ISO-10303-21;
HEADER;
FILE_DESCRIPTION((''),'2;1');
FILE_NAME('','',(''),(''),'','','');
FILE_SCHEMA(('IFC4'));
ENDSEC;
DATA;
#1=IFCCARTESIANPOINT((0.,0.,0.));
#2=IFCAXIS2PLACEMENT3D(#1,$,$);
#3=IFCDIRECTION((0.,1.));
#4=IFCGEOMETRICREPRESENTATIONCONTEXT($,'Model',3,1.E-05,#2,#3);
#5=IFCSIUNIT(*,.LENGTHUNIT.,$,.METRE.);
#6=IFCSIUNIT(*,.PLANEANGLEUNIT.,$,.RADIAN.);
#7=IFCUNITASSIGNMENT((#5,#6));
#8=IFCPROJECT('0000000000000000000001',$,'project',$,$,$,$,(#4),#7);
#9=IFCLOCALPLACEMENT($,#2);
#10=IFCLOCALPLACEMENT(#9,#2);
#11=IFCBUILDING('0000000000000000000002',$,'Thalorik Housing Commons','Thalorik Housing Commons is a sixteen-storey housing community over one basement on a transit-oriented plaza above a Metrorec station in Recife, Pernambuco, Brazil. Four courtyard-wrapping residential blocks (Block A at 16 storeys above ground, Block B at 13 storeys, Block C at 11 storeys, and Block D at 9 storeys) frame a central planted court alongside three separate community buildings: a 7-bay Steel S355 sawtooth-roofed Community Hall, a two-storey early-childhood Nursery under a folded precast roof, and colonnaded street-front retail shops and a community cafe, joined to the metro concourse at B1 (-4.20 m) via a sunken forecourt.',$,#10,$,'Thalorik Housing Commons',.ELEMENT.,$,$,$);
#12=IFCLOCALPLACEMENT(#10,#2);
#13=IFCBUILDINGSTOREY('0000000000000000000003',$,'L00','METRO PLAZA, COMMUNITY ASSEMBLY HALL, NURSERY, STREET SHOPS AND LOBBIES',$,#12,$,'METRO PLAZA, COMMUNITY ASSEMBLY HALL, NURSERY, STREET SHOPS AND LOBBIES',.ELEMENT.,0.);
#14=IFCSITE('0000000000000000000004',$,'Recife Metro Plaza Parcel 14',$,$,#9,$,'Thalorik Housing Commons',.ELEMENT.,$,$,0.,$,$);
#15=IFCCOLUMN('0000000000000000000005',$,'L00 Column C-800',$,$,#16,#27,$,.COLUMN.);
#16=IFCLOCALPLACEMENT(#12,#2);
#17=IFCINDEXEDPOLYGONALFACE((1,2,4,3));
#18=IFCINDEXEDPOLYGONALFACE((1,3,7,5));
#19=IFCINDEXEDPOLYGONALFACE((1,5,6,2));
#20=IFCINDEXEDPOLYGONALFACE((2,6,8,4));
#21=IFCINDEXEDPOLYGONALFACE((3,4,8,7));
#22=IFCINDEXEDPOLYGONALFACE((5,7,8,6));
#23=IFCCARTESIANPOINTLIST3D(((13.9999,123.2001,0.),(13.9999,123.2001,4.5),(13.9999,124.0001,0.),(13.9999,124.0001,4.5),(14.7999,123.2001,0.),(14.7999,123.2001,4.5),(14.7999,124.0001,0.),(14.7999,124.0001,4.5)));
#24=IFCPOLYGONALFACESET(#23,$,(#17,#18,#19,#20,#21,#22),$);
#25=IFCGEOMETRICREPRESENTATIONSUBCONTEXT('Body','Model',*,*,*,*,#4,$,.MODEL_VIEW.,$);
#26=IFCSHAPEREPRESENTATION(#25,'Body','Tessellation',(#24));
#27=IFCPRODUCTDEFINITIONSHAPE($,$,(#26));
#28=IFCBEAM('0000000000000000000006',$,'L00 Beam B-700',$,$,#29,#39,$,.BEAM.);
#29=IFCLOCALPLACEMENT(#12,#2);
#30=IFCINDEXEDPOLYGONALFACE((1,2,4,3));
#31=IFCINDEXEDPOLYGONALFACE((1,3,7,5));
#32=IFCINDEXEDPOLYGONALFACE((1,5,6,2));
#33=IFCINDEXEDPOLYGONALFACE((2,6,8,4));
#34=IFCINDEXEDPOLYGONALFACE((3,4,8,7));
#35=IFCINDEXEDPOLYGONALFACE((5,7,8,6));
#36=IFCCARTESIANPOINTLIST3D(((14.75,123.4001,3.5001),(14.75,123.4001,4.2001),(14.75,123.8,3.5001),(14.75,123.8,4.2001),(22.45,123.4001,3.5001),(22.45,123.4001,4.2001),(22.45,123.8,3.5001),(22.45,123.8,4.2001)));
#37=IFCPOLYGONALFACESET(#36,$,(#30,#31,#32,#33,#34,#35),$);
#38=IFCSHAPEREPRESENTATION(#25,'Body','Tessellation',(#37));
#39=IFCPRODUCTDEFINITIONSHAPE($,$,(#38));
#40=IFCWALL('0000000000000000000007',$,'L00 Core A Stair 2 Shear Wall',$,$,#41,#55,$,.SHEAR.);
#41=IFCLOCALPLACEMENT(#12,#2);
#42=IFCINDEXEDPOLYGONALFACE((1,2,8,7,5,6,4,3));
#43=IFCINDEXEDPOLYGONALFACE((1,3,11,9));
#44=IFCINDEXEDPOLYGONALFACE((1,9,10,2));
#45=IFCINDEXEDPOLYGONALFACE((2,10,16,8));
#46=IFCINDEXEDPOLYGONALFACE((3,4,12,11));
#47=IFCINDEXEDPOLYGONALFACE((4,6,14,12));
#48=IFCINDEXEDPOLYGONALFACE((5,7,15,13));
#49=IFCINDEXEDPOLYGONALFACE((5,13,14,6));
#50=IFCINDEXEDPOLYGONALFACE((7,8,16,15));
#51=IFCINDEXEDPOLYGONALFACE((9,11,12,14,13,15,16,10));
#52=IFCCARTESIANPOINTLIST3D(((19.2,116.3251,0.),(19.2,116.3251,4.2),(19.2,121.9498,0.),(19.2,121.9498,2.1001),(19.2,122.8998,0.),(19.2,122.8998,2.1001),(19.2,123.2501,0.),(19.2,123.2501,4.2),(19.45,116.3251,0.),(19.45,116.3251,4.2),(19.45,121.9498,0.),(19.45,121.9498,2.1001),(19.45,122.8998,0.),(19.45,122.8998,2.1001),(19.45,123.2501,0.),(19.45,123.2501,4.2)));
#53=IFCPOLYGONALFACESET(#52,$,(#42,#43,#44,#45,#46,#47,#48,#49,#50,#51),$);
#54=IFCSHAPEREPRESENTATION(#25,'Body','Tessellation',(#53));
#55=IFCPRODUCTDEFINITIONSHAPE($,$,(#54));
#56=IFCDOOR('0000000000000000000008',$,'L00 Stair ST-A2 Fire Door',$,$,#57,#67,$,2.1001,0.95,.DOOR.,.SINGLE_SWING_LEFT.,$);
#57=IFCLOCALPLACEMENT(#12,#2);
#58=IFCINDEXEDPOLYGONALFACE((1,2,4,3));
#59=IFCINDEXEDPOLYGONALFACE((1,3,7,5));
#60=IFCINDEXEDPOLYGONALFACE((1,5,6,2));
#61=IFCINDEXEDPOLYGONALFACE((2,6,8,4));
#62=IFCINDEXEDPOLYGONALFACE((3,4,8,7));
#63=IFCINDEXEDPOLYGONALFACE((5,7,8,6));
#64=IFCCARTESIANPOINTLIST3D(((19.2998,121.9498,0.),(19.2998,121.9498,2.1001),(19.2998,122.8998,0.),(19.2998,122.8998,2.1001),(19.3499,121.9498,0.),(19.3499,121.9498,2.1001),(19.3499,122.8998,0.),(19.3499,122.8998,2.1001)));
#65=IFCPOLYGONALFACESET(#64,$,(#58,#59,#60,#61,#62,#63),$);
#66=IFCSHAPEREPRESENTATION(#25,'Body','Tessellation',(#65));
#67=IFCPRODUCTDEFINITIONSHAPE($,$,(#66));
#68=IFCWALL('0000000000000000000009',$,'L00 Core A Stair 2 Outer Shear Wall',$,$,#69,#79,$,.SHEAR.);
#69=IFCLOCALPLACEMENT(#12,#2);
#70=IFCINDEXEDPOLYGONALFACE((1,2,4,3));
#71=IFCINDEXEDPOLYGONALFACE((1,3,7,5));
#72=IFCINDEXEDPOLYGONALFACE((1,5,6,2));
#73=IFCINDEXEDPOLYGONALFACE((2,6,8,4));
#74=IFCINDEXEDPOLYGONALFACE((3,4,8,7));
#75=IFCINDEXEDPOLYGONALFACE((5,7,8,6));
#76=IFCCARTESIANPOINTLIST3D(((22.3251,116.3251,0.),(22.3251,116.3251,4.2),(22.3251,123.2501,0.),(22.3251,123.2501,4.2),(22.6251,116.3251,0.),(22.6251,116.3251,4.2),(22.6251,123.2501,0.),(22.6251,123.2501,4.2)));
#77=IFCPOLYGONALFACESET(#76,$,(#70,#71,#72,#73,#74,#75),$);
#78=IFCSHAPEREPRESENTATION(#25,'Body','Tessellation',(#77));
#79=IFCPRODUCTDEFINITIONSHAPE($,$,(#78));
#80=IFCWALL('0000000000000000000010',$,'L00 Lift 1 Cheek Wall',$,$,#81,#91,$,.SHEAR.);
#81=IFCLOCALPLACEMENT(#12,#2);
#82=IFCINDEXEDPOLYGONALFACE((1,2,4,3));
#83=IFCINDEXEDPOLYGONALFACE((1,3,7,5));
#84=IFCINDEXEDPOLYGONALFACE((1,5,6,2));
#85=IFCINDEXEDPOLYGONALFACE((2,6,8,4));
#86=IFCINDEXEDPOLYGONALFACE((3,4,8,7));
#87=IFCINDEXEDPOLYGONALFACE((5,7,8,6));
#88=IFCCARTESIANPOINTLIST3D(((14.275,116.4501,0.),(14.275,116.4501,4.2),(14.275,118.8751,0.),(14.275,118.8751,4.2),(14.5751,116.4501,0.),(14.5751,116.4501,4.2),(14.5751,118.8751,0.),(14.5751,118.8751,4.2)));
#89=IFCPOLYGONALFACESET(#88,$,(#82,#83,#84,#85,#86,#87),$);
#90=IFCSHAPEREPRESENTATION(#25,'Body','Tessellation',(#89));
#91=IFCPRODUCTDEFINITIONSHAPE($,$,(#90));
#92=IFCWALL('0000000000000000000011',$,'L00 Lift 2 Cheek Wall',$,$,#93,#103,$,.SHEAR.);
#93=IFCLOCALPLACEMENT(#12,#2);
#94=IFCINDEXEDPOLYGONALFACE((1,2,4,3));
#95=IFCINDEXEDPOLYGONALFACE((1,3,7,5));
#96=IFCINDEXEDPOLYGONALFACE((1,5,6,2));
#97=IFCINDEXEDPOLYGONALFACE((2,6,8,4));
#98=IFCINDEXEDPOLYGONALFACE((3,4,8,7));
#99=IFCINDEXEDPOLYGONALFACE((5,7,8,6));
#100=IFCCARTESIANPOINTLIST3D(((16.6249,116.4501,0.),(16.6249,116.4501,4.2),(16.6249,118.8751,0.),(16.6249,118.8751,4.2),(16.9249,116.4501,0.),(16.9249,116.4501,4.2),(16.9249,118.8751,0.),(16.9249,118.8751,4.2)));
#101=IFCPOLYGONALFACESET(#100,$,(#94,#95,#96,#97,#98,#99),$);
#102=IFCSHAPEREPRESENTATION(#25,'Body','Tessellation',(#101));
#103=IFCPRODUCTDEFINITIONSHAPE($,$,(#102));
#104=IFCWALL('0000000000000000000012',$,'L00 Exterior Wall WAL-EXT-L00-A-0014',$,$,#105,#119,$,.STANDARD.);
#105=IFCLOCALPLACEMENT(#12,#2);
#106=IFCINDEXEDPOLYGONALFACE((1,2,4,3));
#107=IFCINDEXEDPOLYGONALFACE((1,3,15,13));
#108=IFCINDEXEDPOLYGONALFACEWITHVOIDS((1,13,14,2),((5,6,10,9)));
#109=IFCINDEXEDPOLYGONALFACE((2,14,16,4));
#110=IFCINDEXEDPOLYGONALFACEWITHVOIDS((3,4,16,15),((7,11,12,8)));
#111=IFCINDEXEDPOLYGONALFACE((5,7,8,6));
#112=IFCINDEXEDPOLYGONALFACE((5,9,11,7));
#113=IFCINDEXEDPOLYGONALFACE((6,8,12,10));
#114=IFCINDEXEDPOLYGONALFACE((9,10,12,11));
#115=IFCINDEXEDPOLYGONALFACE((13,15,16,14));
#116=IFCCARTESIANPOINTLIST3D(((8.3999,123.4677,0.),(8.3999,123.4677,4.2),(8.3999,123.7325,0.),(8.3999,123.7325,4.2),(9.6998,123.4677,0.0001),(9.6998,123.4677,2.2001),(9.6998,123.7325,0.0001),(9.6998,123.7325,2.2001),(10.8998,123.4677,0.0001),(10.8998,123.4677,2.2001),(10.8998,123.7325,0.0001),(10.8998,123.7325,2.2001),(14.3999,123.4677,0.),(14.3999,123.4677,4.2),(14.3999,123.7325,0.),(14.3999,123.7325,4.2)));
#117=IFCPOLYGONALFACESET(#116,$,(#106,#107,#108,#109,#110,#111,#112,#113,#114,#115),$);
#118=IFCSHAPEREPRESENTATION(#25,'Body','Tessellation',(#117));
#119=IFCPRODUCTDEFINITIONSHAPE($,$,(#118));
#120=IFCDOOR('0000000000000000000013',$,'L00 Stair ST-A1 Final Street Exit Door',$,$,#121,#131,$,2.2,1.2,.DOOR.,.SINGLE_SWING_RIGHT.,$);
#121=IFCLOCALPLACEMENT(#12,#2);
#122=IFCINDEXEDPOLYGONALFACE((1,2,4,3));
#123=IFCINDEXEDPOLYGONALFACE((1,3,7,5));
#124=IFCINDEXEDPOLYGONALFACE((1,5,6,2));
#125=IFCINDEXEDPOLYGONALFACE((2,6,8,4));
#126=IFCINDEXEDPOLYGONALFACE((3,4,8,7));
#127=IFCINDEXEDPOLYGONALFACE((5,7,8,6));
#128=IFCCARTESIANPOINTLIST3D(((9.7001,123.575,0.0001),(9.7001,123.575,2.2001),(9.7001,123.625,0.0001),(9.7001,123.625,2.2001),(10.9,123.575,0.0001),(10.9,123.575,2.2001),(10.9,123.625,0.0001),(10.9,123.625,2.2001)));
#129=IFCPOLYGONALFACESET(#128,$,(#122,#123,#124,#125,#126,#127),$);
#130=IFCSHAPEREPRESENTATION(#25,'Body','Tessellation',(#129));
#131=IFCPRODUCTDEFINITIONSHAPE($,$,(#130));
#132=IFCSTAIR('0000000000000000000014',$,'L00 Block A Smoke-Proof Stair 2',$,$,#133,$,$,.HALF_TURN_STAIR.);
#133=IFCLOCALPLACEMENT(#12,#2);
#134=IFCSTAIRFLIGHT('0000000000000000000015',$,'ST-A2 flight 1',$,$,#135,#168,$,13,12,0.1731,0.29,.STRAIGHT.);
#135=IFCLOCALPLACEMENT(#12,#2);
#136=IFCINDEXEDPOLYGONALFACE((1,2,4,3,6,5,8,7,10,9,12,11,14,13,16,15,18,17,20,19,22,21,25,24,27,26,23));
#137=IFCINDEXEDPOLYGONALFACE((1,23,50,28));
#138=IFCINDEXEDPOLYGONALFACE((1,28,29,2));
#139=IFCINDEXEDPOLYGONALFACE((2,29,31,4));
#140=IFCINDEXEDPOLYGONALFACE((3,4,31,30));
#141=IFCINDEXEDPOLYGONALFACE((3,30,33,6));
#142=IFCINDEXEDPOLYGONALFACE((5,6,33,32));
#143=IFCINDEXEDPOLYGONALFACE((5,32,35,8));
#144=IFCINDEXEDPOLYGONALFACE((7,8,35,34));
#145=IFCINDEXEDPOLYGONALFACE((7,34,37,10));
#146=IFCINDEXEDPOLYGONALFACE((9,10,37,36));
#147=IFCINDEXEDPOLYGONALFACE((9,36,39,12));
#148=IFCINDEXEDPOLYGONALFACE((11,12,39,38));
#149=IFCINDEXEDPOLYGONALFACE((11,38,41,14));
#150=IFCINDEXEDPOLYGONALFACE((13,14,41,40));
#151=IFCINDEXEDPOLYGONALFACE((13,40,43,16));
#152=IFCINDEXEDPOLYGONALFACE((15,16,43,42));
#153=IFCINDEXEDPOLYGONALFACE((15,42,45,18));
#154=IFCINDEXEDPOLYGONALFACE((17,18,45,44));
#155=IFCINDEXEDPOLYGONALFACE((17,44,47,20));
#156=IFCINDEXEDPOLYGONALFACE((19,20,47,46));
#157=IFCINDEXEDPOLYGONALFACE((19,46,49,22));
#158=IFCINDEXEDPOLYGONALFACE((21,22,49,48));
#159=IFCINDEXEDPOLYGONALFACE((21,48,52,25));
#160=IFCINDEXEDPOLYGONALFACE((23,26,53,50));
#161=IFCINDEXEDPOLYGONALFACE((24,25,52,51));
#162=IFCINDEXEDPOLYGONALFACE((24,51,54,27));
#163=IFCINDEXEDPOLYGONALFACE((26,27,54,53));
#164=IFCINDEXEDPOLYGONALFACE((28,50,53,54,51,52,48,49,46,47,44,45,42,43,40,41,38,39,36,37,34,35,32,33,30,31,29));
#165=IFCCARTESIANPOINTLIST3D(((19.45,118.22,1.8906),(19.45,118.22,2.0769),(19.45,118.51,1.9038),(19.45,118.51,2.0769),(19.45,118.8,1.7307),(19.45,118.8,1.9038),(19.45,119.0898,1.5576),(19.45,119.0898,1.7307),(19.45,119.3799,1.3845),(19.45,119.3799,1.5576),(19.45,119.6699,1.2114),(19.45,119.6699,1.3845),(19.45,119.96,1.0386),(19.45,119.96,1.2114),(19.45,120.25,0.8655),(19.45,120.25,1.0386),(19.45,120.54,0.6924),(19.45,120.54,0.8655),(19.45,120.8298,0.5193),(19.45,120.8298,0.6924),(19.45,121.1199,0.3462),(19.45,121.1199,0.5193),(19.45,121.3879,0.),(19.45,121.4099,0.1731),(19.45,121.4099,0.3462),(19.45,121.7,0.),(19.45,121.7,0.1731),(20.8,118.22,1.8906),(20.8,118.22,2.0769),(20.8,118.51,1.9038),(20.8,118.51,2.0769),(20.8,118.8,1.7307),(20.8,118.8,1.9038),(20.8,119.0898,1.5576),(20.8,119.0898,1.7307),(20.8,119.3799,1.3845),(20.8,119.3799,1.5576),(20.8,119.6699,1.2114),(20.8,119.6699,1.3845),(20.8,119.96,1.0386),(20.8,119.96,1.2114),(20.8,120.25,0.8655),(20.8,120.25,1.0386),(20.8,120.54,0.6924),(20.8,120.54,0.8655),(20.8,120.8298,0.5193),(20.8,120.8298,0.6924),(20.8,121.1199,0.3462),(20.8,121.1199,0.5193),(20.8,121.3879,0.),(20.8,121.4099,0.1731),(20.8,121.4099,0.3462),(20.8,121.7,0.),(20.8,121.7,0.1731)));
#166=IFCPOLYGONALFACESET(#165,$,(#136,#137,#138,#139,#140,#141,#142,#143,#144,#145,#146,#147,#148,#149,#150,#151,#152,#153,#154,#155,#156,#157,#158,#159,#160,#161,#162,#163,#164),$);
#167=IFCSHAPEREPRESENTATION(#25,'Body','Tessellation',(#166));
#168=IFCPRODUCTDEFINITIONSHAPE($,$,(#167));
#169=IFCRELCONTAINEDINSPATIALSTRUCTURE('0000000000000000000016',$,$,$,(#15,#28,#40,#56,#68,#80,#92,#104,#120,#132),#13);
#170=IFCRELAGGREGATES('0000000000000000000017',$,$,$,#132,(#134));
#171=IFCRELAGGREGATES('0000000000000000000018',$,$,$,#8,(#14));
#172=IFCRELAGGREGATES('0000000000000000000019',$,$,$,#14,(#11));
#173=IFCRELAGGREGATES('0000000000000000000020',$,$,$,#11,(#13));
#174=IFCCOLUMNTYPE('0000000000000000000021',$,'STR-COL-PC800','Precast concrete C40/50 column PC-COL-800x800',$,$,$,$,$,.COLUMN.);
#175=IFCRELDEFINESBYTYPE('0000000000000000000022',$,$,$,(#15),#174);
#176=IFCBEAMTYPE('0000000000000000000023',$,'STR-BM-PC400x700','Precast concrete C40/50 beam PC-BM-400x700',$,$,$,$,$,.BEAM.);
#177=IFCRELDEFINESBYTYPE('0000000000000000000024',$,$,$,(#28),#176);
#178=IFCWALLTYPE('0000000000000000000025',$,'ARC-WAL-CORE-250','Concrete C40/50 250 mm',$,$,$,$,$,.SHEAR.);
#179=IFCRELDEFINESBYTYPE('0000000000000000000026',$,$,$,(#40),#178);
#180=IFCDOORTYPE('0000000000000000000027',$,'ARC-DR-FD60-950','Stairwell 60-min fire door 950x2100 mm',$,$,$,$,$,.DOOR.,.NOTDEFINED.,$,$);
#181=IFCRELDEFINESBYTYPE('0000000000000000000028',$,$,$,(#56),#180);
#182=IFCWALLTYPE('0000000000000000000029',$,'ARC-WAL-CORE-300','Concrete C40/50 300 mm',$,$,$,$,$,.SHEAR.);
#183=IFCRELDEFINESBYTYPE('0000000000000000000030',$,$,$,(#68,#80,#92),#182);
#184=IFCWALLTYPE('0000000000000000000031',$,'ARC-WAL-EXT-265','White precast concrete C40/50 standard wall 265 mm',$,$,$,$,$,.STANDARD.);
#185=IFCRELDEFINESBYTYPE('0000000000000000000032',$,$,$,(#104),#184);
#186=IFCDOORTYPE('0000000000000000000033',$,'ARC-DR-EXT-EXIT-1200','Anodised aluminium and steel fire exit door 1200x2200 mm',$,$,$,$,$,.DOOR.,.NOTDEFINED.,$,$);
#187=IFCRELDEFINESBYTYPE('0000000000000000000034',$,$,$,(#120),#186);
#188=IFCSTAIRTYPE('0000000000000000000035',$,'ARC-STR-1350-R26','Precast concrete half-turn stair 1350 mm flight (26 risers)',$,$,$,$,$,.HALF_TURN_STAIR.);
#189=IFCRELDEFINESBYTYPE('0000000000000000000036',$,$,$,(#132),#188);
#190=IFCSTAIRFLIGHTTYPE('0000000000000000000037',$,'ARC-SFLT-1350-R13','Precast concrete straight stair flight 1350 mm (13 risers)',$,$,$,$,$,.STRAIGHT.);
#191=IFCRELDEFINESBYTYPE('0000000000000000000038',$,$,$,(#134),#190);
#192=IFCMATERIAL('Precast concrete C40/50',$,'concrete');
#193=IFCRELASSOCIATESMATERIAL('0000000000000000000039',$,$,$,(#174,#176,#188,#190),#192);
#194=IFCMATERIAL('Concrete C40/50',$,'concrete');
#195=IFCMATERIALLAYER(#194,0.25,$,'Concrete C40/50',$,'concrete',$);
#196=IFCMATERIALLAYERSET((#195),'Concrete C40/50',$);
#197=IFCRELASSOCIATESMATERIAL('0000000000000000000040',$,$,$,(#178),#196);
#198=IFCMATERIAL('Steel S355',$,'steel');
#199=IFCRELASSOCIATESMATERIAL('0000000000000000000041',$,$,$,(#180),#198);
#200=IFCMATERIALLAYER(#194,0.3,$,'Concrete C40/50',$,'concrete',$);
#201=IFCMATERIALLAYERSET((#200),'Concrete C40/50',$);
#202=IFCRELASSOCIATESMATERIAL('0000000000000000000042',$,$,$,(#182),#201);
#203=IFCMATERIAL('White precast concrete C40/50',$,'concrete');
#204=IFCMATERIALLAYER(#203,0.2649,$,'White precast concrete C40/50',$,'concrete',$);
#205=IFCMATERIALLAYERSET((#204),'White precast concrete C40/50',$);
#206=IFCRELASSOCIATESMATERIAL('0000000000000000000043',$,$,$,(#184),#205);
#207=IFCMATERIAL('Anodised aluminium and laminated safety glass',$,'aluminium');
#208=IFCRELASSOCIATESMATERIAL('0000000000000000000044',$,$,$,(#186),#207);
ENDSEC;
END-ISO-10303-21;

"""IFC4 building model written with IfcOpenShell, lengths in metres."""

from ifc_helpers import new_model, si_unit, direction, frame, frame_2d, origin, origin_2d, place, context, subcontext, project, spatial, polyline, rectangle, outline, extrude, material, layer, layer_set, material_profile, profile_set, type_object, element, fill, aggregate, save


model = new_model("IFC4")

# Units and contexts
model_context = context("Model", 3, precision=1e-05, world=origin(), true_north=direction((0.0, 1.0)))
body_context = subcontext(model_context, "Body", "Model", "MODEL_VIEW")
ifc_project = project(units=[si_unit("LENGTHUNIT", "METRE"), si_unit("PLANEANGLEUNIT", "RADIAN")], contexts=[model_context])

# Site, building, storey
site_placement = place(None, origin())
site = spatial("IfcSite", under=ifc_project, at=site_placement, Name="Recife Metro Plaza Parcel 14", LongName="Thalorik Housing Commons", CompositionType="ELEMENT", RefElevation=0.0)
building_placement = place(site_placement, origin())
building = spatial("IfcBuilding", under=site, at=building_placement, Name="Thalorik Housing Commons", Description="Thalorik Housing Commons is a sixteen-storey housing community over one basement on a transit-oriented plaza above a Metrorec station in Recife, Pernambuco, Brazil. Four courtyard-wrapping residential blocks (Block A at 16 storeys above ground, Block B at 13 storeys, Block C at 11 storeys, and Block D at 9 storeys) frame a central planted court alongside three separate community buildings: a 7-bay Steel S355 sawtooth-roofed Community Hall, a two-storey early-childhood Nursery under a folded precast roof, and colonnaded street-front retail shops and a community cafe, joined to the metro concourse at B1 (-4.20 m) via a sunken forecourt.", LongName="Thalorik Housing Commons", CompositionType="ELEMENT")
storey_placement = place(building_placement, origin())
storey = spatial("IfcBuildingStorey", under=building, at=storey_placement, Name="L00", Description="METRO PLAZA, COMMUNITY ASSEMBLY HALL, NURSERY, STREET SHOPS AND LOBBIES", LongName="METRO PLAZA, COMMUNITY ASSEMBLY HALL, NURSERY, STREET SHOPS AND LOBBIES", CompositionType="ELEMENT", Elevation=0.0)

# Column
ifc_material_1 = material(Name="Precast concrete C40/50", Category="concrete")
ifc_material_profile_1 = material_profile(ifc_material_1, rectangle(XDim=0.8, YDim=0.8, at=origin_2d()), Name="PC 800x800", Category="concrete")
ifc_profile_set_1 = profile_set([ifc_material_profile_1], Name="Precast concrete C40/50")
column_type = type_object("IfcColumnType", Name="STR-COL-PC800", Description="Precast concrete C40/50 column PC-COL-800x800", PredefinedType="COLUMN", material=ifc_profile_set_1)
column_placement = place(storey_placement, frame((14.3999, 123.6001, 0.0), z_axis=(0.0, 0.0, 1.0), x_axis=(1.0, 0.0, 0.0)))
element("IfcColumn", 1, at=column_placement, inside=storey, type_object=column_type, Name="L00 Column C-800", PredefinedType="COLUMN", context=body_context, shape_type="SweptSolid", body=[
    extrude(rectangle(XDim=0.8, YDim=0.8, at=origin_2d()), origin(), (0.0, 0.0, 1.0), 4.5),
])

# Beam
ifc_material_profile_2 = material_profile(ifc_material_1, rectangle(XDim=0.3999, YDim=0.7, at=origin_2d()), Name="PC 400x700", Category="concrete")
ifc_profile_set_2 = profile_set([ifc_material_profile_2], Name="Precast concrete C40/50")
beam_type = type_object("IfcBeamType", Name="STR-BM-PC400x700", Description="Precast concrete C40/50 beam PC-BM-400x700", PredefinedType="BEAM", material=ifc_profile_set_2)
beam_placement = place(storey_placement, frame((14.75, 123.6001, 3.8501), z_axis=(1.0, 0.0, 0.0), x_axis=(0.0, 1.0, 0.0)))
element("IfcBeam", 2, at=beam_placement, inside=storey, type_object=beam_type, Name="L00 Beam B-700", PredefinedType="BEAM", context=body_context, shape_type="SweptSolid", body=[
    extrude(rectangle(XDim=0.3999, YDim=0.7, at=origin_2d()), origin(), (0.0, 0.0, 1.0), 7.7),
])

# Wall, opening, door
ifc_material_2 = material(Name="Concrete C40/50", Category="concrete")
ifc_layer_1 = layer(ifc_material_2, 0.25, Name="Concrete C40/50", Category="concrete")
ifc_layer_set_1 = layer_set([ifc_layer_1], Name="Concrete C40/50")
wall_type_1 = type_object("IfcWallType", Name="ARC-WAL-CORE-250", Description="Concrete C40/50 250 mm", PredefinedType="SHEAR", material=ifc_layer_set_1)
wall_1_placement = place(storey_placement, frame((19.325, 123.25, 0.0), z_axis=(0.0, 0.0, 1.0), x_axis=(0.0, -1.0, 0.0)))
wall_1 = element("IfcWall", 3, at=wall_1_placement, inside=storey, type_object=wall_type_1, Name="L00 Core A Stair 2 Shear Wall", PredefinedType="SHEAR", context=body_context, shape_type="SweptSolid", body=[
    extrude(rectangle(XDim=6.925, YDim=0.25, at=frame_2d((3.4624, 0.0))), origin(), (0.0, 0.0, 1.0), 4.2),
])
opening_1_placement = place(wall_1_placement, frame((0.3501, 0.0, 0.0)))
opening_1 = element("IfcOpeningElement", 4, at=opening_1_placement, cuts=wall_1, PredefinedType="OPENING", context=body_context, shape_type="SweptSolid", body=[
    extrude(rectangle(XDim=0.95, YDim=2.1001, at=frame_2d((0.4751, 1.05))), frame((0.0, 0.135, 0.0), z_axis=(0.0, -1.0, 0.0), x_axis=(1.0, 0.0, 0.0)), (0.0, 0.0, 1.0), 0.27),
])
ifc_material_3 = material(Name="Steel S355", Category="steel")
door_type_1 = type_object("IfcDoorType", Name="ARC-DR-FD60-950", Description="Stairwell 60-min fire door 950x2100 mm", OperationType="NOTDEFINED", PredefinedType="DOOR", material=ifc_material_3)
door_1_placement = place(opening_1_placement, origin())
door_1 = element("IfcDoor", 5, at=door_1_placement, inside=storey, type_object=door_type_1, Name="L00 Stair ST-A2 Fire Door", OperationType="SINGLE_SWING_LEFT", OverallHeight=2.1001, OverallWidth=0.95, PredefinedType="DOOR", context=body_context, shape_type="SweptSolid", body=[
    extrude(rectangle(XDim=0.95, YDim=2.1001, at=frame_2d((0.4751, 1.05))), frame((0.0, 0.0249, 0.0), z_axis=(0.0, -1.0, 0.0), x_axis=(1.0, 0.0, 0.0)), (0.0, 0.0, 1.0), 0.05),
])
fill(opening_1, door_1)

# Walls
ifc_layer_2 = layer(ifc_material_2, 0.3, Name="Concrete C40/50", Category="concrete")
ifc_layer_set_2 = layer_set([ifc_layer_2], Name="Concrete C40/50")
wall_type_2 = type_object("IfcWallType", Name="ARC-WAL-CORE-300", Description="Concrete C40/50 300 mm", PredefinedType="SHEAR", material=ifc_layer_set_2)
wall_2_placement = place(storey_placement, frame((22.4751, 123.25, 0.0), z_axis=(0.0, 0.0, 1.0), x_axis=(0.0, -1.0, 0.0)))
element("IfcWall", 6, at=wall_2_placement, inside=storey, type_object=wall_type_2, Name="L00 Core A Stair 2 Outer Shear Wall", PredefinedType="SHEAR", context=body_context, shape_type="SweptSolid", body=[
    extrude(rectangle(XDim=6.925, YDim=0.3, at=frame_2d((3.4624, 0.0))), origin(), (0.0, 0.0, 1.0), 4.2),
])
for number, where, z_axis, x_axis, name in (
    (7, (14.425, 118.875, 0.0), (0.0, 0.0, 1.0), (0.0, -1.0, 0.0), "L00 Lift 1 Cheek Wall"),
    (8, (16.7749, 118.875, 0.0), (0.0, 0.0, 1.0), (0.0, -1.0, 0.0), "L00 Lift 2 Cheek Wall"),
):
    element("IfcWall", number, at=place(storey_placement, frame(where, z_axis=z_axis, x_axis=x_axis)), inside=storey, type_object=wall_type_2, Name=name, PredefinedType="SHEAR", context=body_context, shape_type="SweptSolid", body=[
        extrude(rectangle(XDim=2.425, YDim=0.3, at=frame_2d((1.2124, 0.0))), origin(), (0.0, 0.0, 1.0), 4.2),
    ])

# Wall, opening, door
ifc_material_4 = material(Name="White precast concrete C40/50", Category="concrete")
ifc_layer_3 = layer(ifc_material_4, 0.2649, Name="White precast concrete C40/50", Category="concrete")
ifc_layer_set_3 = layer_set([ifc_layer_3], Name="White precast concrete C40/50")
wall_type_3 = type_object("IfcWallType", Name="ARC-WAL-EXT-265", Description="White precast concrete C40/50 standard wall 265 mm", PredefinedType="STANDARD", material=ifc_layer_set_3)
wall_3_placement = place(storey_placement, frame((14.3999, 123.6001, 0.0), z_axis=(0.0, 0.0, 1.0), x_axis=(-1.0, 0.0, 0.0)))
wall_3 = element("IfcWall", 9, at=wall_3_placement, inside=storey, type_object=wall_type_3, Name="L00 Exterior Wall WAL-EXT-L00-A-0014", PredefinedType="STANDARD", context=body_context, shape_type="SweptSolid", body=[
    extrude(rectangle(XDim=6.0, YDim=0.2649, at=frame_2d((3.0, 0.0))), origin(), (0.0, 0.0, 1.0), 4.2),
])
opening_2_placement = place(wall_3_placement, frame((3.5, 0.0, 0.0)))
opening_2 = element("IfcOpeningElement", 10, at=opening_2_placement, cuts=wall_3, PredefinedType="OPENING", context=body_context, shape_type="SweptSolid", body=[
    extrude(rectangle(XDim=1.2, YDim=2.2, at=frame_2d((0.6001, 1.1001))), frame((0.0, 0.1426, 0.0), z_axis=(0.0, -1.0, 0.0), x_axis=(1.0, 0.0, 0.0)), (0.0, 0.0, 1.0), 0.2849),
])
ifc_material_5 = material(Name="Anodised aluminium and laminated safety glass", Category="aluminium")
door_type_2 = type_object("IfcDoorType", Name="ARC-DR-EXT-EXIT-1200", Description="Anodised aluminium and steel fire exit door 1200x2200 mm", OperationType="NOTDEFINED", PredefinedType="DOOR", material=ifc_material_5)
door_2_placement = place(opening_2_placement, frame((1.2, 0.0, 0.0), z_axis=(0.0, 0.0, 1.0), x_axis=(-1.0, 0.0, 0.0)))
door_2 = element("IfcDoor", 11, at=door_2_placement, inside=storey, type_object=door_type_2, Name="L00 Stair ST-A1 Final Street Exit Door", OperationType="SINGLE_SWING_RIGHT", OverallHeight=2.2, OverallWidth=1.2, PredefinedType="DOOR", context=body_context, shape_type="SweptSolid", body=[
    extrude(rectangle(XDim=1.2, YDim=2.2, at=frame_2d((0.6001, 1.1001))), frame((0.0, 0.0249, 0.0), z_axis=(0.0, -1.0, 0.0), x_axis=(1.0, 0.0, 0.0)), (0.0, 0.0, 1.0), 0.05),
])
fill(opening_2, door_2)

# Stair, stair flight
stair_type = type_object("IfcStairType", Name="ARC-STR-1350-R26", Description="Precast concrete half-turn stair 1350 mm flight (26 risers)", PredefinedType="HALF_TURN_STAIR", material=ifc_material_1)
stair_placement = place(storey_placement, origin())
stair = element("IfcStair", 12, at=stair_placement, inside=storey, type_object=stair_type, Name="L00 Block A Smoke-Proof Stair 2", PredefinedType="HALF_TURN_STAIR")
stair_flight_type = type_object("IfcStairFlightType", Name="ARC-SFLT-1350-R13", Description="Precast concrete straight stair flight 1350 mm (13 risers)", PredefinedType="STRAIGHT", material=ifc_material_1)
stair_flight_placement = place(storey_placement, frame((20.125, 121.7, 0.0), z_axis=(0.0, 0.0, 1.0), x_axis=(0.0, -1.0, 0.0)))
stair_flight = element("IfcStairFlight", 13, at=stair_flight_placement, type_object=stair_flight_type, Name="ST-A2 flight 1", NumberOfRisers=13, NumberOfTreads=12, PredefinedType="STRAIGHT", RiserHeight=0.1731, TreadLength=0.29, context=body_context, shape_type="SweptSolid", body=[
    extrude(outline(polyline([(0.0, 0.0), (0.0, 0.1731), (0.29, 0.1731), (0.29, 0.3462), (0.5801, 0.3462), (0.5801, 0.5193), (0.8701, 0.5193), (0.8701, 0.6924), (1.1599, 0.6924), (1.1599, 0.8655), (1.45, 0.8655), (1.45, 1.0386), (1.74, 1.0386), (1.74, 1.2114), (2.03, 1.2114), (2.03, 1.3845), (2.3201, 1.3845), (2.3201, 1.5576), (2.6101, 1.5576), (2.6101, 1.7307), (2.8999, 1.7307), (2.8999, 1.9038), (3.1899, 1.9038), (3.1899, 2.0769), (3.48, 2.0769), (3.48, 2.25), (3.48, 1.8906), (0.312, 0.0), (0.0, 0.0)])), frame((0.0, 0.675, 0.0), z_axis=(0.0, -1.0, 0.0), x_axis=(1.0, 0.0, 0.0)), (0.0, 0.0, 1.0), 1.3501),
])
aggregate(stair, [stair_flight])

save(model, "model.ifc")
